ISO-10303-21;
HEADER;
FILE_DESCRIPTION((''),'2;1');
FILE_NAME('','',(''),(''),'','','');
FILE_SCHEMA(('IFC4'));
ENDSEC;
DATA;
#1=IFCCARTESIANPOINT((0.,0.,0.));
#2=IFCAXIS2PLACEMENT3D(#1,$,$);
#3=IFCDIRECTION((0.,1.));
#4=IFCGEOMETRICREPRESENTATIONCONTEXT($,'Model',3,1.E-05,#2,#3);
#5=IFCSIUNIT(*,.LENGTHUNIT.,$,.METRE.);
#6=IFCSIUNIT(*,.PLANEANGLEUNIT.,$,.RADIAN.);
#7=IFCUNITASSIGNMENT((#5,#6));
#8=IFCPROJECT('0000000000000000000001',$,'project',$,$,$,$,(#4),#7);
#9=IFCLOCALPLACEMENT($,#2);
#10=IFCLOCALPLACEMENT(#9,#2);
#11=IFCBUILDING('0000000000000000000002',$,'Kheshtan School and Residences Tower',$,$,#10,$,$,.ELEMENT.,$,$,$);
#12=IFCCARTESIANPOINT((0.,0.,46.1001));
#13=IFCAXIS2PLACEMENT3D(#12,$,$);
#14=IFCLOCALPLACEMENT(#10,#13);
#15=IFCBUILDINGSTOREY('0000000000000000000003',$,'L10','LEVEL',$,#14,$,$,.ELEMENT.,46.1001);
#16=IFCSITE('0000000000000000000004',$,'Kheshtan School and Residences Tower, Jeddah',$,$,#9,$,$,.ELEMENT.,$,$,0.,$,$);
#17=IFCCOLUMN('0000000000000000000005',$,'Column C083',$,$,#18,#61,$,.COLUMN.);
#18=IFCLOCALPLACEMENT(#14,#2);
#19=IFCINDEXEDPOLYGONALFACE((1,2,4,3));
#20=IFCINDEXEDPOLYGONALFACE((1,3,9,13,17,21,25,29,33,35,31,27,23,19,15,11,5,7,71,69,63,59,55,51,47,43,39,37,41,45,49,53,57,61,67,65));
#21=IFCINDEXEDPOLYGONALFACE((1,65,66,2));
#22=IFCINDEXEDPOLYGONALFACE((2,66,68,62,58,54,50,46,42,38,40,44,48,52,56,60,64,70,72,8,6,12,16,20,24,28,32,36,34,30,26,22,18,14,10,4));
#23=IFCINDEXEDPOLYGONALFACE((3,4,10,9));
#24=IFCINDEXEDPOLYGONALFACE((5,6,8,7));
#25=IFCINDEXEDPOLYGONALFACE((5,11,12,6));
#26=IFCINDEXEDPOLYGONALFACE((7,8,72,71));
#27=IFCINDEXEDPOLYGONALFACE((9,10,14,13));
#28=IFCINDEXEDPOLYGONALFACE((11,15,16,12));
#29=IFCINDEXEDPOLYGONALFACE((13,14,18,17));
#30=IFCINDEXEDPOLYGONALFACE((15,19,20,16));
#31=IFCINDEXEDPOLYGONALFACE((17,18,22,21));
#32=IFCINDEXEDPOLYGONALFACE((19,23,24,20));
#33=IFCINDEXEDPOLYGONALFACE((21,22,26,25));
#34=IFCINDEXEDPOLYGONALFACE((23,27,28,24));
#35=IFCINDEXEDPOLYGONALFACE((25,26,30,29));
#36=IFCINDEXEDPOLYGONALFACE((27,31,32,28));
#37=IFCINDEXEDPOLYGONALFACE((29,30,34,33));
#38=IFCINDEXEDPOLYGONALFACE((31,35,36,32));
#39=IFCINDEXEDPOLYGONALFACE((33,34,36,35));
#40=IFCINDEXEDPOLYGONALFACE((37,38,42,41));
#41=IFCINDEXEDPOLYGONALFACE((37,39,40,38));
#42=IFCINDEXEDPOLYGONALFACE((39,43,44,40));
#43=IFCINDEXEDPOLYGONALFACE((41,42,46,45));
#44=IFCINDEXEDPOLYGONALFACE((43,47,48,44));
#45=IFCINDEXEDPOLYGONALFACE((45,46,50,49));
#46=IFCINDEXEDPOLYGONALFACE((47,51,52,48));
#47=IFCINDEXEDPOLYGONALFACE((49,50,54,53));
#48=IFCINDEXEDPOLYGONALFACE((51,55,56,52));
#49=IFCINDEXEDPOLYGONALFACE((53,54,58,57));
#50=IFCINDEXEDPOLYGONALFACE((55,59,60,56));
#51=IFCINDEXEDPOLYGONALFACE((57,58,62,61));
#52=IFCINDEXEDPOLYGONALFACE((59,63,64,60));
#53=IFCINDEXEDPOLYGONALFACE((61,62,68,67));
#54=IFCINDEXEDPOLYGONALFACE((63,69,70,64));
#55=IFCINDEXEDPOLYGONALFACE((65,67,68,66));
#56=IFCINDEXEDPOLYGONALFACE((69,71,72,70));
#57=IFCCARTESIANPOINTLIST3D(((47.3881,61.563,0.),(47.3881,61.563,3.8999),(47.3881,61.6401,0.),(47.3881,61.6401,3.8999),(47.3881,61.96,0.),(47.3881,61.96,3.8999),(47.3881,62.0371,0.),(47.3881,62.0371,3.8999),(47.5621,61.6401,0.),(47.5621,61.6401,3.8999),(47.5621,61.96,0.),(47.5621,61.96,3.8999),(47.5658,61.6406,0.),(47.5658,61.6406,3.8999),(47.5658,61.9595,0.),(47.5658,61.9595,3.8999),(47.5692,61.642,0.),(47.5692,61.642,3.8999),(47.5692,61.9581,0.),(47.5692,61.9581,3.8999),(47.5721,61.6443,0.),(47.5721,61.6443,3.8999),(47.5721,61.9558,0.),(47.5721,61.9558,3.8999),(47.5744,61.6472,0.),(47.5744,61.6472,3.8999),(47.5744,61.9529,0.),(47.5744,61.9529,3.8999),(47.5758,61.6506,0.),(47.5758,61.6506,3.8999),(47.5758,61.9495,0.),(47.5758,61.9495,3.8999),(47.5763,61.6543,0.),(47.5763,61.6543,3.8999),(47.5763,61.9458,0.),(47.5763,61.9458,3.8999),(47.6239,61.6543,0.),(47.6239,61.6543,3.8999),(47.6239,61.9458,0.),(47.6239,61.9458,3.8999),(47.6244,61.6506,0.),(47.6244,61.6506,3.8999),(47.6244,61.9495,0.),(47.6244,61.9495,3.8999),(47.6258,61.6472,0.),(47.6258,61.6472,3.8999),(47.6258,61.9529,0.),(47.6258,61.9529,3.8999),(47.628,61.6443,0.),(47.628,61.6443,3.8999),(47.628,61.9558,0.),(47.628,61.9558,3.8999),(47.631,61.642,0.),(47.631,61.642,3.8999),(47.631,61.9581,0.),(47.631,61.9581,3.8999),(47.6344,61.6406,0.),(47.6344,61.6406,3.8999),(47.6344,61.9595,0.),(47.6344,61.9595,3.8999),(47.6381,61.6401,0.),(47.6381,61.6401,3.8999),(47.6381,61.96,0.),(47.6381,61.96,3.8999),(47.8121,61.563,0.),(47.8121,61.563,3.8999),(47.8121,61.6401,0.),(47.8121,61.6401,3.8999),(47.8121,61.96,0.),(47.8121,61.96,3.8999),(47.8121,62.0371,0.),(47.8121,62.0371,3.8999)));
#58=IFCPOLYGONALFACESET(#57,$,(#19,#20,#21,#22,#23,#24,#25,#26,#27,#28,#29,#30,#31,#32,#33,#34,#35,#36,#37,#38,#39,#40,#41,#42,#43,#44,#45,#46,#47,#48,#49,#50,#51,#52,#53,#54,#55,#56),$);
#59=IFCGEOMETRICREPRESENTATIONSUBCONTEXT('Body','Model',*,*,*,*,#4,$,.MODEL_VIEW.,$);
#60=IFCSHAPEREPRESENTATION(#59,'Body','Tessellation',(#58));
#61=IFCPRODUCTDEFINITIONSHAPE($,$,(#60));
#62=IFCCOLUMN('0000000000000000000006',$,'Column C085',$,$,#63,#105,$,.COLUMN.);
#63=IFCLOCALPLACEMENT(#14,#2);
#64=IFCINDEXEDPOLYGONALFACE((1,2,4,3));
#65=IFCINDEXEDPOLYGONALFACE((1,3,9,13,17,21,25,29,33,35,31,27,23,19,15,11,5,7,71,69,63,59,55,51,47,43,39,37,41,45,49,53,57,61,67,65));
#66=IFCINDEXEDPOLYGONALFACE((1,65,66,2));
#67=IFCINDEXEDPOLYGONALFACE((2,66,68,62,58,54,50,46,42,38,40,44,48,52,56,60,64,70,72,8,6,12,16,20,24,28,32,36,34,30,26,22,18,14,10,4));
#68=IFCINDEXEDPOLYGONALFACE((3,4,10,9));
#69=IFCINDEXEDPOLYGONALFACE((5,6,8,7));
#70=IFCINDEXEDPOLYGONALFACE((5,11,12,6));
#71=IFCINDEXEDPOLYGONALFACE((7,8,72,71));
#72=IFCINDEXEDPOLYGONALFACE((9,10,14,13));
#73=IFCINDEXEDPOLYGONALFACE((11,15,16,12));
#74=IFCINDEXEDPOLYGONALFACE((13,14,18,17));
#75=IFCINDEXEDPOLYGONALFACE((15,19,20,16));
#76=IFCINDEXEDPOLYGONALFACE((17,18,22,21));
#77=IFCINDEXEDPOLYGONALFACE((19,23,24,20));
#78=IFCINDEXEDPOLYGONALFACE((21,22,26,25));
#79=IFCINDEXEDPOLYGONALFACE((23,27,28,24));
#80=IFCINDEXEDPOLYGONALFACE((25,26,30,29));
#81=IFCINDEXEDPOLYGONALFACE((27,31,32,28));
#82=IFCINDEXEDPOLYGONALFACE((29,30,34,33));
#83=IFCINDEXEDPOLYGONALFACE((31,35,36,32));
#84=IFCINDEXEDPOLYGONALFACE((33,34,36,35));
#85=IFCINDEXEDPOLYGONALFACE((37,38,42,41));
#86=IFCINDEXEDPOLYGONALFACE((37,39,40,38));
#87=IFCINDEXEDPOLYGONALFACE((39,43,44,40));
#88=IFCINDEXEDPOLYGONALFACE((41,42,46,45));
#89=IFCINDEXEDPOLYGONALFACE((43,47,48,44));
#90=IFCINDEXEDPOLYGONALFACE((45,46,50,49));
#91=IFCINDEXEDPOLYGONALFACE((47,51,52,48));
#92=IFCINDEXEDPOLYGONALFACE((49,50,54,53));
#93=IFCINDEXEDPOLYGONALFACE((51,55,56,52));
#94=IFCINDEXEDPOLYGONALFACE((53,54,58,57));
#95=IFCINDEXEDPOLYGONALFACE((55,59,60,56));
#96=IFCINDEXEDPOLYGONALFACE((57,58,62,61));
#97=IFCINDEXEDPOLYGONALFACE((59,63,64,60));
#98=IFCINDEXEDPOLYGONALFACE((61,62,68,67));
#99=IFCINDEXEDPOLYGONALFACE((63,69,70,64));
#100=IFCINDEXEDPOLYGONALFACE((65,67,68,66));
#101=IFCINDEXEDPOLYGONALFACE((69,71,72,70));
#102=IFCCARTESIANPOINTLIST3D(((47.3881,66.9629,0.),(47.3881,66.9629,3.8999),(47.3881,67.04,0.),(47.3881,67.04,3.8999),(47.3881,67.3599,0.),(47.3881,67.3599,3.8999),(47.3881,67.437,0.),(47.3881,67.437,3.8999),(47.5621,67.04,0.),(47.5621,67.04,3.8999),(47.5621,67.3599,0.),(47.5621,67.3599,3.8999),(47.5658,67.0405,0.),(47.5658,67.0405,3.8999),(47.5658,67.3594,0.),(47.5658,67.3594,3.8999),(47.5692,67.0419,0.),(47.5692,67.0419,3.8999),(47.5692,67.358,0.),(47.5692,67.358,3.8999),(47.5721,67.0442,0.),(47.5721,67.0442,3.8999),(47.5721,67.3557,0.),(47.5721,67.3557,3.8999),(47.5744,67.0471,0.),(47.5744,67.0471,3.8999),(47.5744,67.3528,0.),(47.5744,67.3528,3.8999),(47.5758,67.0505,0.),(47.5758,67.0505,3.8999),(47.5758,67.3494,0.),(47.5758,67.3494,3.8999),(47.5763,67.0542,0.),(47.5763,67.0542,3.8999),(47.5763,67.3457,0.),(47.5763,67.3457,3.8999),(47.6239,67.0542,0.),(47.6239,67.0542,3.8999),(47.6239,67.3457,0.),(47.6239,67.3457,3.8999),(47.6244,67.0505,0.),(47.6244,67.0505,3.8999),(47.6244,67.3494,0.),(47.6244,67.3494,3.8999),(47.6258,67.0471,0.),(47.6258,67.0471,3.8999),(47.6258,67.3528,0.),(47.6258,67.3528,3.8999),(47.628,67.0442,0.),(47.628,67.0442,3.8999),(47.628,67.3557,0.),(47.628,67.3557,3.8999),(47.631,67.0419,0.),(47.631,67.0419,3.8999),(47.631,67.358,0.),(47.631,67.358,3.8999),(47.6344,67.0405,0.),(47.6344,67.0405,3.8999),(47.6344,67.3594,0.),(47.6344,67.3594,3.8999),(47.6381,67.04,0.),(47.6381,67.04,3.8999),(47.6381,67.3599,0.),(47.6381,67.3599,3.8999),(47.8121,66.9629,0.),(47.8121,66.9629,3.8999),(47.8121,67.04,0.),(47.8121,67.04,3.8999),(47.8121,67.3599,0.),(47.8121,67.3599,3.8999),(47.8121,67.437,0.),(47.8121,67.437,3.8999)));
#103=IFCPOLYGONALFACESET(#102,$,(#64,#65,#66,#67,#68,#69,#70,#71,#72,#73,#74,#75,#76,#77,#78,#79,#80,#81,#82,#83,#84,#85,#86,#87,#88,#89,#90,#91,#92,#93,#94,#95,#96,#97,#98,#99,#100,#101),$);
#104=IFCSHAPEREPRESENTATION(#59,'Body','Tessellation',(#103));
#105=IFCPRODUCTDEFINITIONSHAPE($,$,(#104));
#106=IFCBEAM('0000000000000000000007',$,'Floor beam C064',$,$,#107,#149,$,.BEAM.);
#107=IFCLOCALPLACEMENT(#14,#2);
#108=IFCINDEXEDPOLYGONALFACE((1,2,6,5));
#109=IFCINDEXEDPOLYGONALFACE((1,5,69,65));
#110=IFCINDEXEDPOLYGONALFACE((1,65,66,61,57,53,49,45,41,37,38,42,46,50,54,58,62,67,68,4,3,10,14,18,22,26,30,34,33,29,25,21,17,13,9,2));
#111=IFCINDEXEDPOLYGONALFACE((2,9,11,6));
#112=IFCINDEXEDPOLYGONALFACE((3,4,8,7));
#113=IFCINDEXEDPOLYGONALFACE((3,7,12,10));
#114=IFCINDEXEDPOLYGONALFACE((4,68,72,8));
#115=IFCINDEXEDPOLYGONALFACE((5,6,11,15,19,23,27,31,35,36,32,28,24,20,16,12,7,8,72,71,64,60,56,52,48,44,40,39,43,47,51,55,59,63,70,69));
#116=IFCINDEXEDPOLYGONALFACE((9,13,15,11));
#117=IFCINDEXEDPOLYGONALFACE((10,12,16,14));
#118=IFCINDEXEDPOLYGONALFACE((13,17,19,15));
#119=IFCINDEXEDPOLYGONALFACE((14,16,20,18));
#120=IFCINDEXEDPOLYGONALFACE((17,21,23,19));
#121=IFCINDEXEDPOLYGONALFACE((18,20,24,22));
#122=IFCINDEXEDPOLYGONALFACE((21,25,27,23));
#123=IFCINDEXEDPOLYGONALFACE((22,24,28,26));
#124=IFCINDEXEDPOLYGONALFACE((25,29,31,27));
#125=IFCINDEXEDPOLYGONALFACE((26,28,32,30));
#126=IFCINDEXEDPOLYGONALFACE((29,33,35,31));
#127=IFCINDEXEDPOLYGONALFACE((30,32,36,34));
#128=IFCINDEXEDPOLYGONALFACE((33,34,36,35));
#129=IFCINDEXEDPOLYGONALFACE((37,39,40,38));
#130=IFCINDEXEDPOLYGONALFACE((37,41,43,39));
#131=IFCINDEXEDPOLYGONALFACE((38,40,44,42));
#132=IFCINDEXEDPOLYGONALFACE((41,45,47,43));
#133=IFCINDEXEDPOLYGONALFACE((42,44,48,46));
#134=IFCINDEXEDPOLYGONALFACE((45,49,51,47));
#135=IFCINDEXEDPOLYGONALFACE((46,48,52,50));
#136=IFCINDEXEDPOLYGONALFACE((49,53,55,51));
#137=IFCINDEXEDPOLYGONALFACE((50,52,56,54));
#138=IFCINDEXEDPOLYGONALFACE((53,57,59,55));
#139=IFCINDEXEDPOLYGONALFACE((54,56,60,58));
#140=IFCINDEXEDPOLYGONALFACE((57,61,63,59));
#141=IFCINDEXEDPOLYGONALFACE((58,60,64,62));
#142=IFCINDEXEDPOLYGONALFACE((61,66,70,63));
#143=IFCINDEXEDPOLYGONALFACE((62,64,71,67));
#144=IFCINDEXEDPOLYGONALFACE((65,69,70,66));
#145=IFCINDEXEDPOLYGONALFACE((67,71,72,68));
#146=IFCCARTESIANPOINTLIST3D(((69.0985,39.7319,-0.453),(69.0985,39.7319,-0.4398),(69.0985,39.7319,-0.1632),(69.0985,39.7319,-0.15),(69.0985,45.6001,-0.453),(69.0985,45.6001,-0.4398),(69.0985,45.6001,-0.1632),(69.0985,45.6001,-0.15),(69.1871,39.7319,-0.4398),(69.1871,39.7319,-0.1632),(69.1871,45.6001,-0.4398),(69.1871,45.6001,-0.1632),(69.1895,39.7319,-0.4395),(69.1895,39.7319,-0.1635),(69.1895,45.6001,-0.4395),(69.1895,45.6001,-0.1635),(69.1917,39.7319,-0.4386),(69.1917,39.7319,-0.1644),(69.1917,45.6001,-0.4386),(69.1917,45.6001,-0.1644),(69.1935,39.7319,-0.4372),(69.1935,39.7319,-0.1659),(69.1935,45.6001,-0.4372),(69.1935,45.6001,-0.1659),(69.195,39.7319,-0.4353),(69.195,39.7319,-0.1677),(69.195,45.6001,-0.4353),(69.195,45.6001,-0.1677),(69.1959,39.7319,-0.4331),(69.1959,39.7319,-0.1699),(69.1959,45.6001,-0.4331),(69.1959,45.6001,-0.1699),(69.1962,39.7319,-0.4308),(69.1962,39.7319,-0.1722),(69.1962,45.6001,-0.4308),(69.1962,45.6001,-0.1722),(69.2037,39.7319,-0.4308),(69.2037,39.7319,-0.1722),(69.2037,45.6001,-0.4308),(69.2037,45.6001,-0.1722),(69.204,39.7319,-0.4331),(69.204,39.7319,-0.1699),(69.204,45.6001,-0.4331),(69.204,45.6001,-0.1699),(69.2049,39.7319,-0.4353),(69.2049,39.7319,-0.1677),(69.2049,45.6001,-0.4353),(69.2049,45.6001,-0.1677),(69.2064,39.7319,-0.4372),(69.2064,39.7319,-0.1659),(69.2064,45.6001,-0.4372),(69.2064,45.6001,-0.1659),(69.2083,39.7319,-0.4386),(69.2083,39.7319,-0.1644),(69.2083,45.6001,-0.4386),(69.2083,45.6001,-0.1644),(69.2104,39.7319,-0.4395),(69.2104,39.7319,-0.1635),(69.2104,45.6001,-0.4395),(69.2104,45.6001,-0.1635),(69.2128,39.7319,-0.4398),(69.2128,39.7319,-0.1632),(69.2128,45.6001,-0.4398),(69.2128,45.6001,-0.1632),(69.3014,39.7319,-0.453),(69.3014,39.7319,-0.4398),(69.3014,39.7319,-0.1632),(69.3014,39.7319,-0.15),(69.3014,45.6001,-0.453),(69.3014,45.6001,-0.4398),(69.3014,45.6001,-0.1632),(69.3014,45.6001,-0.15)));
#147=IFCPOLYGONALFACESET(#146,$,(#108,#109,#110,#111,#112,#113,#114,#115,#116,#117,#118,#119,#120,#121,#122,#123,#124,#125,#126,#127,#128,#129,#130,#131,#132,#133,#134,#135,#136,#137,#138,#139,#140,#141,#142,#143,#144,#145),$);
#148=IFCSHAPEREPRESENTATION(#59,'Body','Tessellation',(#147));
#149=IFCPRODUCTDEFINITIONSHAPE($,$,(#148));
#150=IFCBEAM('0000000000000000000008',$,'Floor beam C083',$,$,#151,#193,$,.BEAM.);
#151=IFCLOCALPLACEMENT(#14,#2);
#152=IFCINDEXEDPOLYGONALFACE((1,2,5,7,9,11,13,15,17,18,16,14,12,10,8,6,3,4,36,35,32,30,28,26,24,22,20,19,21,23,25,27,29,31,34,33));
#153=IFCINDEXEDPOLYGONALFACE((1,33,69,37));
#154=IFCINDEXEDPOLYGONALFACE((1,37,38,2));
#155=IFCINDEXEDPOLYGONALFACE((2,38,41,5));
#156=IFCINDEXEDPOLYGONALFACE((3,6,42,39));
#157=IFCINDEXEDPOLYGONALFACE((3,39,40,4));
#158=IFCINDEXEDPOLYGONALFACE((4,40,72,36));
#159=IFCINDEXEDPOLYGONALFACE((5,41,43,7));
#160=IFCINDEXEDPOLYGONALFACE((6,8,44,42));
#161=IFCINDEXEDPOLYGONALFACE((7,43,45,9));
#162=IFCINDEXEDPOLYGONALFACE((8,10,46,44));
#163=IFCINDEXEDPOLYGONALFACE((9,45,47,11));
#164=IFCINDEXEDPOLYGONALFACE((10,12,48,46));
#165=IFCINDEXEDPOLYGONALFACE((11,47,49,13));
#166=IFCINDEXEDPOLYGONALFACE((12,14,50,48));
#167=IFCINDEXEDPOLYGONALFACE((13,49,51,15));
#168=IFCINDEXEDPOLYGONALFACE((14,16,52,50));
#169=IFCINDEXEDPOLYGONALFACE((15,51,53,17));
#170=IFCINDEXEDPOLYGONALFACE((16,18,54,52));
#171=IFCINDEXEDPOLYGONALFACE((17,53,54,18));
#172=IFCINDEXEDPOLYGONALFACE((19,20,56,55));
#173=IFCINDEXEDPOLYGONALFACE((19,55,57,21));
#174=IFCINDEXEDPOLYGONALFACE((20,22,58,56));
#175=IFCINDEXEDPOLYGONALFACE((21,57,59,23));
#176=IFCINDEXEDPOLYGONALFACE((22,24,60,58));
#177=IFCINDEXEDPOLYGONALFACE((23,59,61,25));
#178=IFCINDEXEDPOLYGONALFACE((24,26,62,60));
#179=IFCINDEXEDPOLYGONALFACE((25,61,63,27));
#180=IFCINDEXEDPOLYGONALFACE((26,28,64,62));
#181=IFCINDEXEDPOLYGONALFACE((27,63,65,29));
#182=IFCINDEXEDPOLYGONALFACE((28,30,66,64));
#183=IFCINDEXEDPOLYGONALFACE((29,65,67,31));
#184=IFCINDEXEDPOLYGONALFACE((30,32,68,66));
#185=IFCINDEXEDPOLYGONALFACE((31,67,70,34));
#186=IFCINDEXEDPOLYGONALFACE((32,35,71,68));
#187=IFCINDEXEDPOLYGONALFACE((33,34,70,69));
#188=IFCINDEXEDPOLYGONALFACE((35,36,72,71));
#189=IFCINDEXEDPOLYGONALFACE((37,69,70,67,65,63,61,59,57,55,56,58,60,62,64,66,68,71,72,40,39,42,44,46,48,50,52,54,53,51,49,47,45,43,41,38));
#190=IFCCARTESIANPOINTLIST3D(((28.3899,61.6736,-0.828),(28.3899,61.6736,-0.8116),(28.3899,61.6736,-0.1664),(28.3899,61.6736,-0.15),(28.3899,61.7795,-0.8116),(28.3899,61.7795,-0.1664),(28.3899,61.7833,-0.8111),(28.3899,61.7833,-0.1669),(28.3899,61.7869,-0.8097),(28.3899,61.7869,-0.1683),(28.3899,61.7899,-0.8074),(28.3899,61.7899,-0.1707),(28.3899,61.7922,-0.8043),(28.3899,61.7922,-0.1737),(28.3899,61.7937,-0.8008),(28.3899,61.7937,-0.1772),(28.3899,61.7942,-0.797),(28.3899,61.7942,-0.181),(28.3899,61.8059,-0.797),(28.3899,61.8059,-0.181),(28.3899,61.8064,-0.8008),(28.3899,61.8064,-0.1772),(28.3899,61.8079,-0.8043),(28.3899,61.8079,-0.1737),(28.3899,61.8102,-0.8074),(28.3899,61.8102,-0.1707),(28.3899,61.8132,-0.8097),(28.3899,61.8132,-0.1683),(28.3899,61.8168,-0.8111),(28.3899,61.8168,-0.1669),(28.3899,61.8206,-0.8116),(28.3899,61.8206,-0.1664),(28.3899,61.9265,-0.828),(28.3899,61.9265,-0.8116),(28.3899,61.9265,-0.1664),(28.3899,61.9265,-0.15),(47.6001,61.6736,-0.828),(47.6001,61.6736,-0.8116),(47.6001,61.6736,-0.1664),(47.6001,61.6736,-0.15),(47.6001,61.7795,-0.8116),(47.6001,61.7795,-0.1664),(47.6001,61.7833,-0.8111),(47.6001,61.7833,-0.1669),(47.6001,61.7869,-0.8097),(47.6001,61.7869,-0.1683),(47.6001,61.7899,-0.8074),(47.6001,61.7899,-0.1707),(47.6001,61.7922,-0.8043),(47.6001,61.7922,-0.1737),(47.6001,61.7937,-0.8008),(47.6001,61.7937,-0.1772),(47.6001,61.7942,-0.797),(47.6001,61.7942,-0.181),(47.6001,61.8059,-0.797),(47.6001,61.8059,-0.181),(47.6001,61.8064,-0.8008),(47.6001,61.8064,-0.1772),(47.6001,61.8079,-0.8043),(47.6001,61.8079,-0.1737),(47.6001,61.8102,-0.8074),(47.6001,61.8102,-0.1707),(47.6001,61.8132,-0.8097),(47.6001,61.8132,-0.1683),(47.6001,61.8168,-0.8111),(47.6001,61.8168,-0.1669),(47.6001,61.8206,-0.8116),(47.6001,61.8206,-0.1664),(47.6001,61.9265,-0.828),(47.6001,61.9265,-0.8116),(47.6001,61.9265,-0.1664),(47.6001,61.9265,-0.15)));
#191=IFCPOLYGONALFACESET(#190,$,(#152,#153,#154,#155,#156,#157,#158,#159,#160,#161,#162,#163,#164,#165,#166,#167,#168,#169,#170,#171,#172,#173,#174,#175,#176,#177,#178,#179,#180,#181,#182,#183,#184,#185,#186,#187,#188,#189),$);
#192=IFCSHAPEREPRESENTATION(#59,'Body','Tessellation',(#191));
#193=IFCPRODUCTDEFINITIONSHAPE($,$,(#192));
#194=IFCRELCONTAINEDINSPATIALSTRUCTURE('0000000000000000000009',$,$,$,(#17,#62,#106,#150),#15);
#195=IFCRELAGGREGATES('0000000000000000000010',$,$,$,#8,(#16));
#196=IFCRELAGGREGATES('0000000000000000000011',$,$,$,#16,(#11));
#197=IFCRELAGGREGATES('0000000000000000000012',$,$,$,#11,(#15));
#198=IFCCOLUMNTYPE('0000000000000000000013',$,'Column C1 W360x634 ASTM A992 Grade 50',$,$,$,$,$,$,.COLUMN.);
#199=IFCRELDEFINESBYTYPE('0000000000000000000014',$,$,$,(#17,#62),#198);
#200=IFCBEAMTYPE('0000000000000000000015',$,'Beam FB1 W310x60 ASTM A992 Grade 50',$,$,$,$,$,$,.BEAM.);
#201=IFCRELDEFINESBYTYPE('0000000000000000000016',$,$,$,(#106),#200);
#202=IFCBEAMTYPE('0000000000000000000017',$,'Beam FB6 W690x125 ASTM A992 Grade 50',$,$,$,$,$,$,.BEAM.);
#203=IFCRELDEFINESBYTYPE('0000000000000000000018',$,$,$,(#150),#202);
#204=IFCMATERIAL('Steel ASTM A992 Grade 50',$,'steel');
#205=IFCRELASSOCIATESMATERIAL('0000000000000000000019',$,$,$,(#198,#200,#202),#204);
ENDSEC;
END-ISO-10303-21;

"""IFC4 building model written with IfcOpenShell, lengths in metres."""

from ifc_helpers import new_model, si_unit, direction, frame, origin, origin_2d, place, context, subcontext, project, spatial, i_section, extrude, material, material_profile, profile_set, type_object, element, save


model = new_model("IFC4")

# Units and contexts
model_context = context("Model", 3, precision=1e-05, world=origin(), true_north=direction((0.0, 1.0)))
body_context = subcontext(model_context, "Body", "Model", "MODEL_VIEW")
ifc_project = project(units=[si_unit("LENGTHUNIT", "METRE"), si_unit("PLANEANGLEUNIT", "RADIAN")], contexts=[model_context])

# Site, building, storey
site_placement = place(None, origin())
site = spatial("IfcSite", under=ifc_project, at=site_placement, Name="Kheshtan School and Residences Tower, Jeddah", CompositionType="ELEMENT", RefElevation=0.0)
building_placement = place(site_placement, origin())
building = spatial("IfcBuilding", under=site, at=building_placement, Name="Kheshtan School and Residences Tower", CompositionType="ELEMENT")
storey_placement = place(building_placement, frame((0.0, 0.0, 46.1001)))
storey = spatial("IfcBuildingStorey", under=building, at=storey_placement, Name="L10", Description="LEVEL", CompositionType="ELEMENT", Elevation=46.1001)

# Columns
ifc_material_1 = material(Name="Steel ASTM A992 Grade 50", Category="steel")
ifc_material_profile_1 = material_profile(ifc_material_1, i_section(OverallWidth=0.4241, OverallDepth=0.4741, WebThickness=0.0476, FlangeThickness=0.0771, FilletRadius=0.0142, at=origin_2d()), Name="W360x634")
ifc_profile_set_1 = profile_set([ifc_material_profile_1], Name="Steel ASTM A992 Grade 50")
column_type = type_object("IfcColumnType", Name="Column C1 W360x634 ASTM A992 Grade 50", PredefinedType="COLUMN", material=ifc_profile_set_1)
for number, where, z_axis, x_axis, name in (
    (1, (47.6001, 61.8, 0.0), (0.0, 0.0, 1.0), (1.0, 0.0, 0.0), "Column C083"),
    (2, (47.6001, 67.2, 0.0), (0.0, 0.0, 1.0), (1.0, 0.0, 0.0), "Column C085"),
):
    element("IfcColumn", number, at=place(storey_placement, frame(where, z_axis=z_axis, x_axis=x_axis)), inside=storey, type_object=column_type, Name=name, PredefinedType="COLUMN", context=body_context, shape_type="SweptSolid", body=[
        extrude(i_section(OverallWidth=0.4241, OverallDepth=0.4741, WebThickness=0.0476, FlangeThickness=0.0771, FilletRadius=0.0142, at=origin_2d()), origin(), (0.0, 0.0, 1.0), 3.8999),
    ])

# Beams
ifc_material_profile_2 = material_profile(ifc_material_1, i_section(OverallWidth=0.2029, OverallDepth=0.303, WebThickness=0.0076, FlangeThickness=0.0132, FilletRadius=0.009, at=origin_2d()), Name="W310x60")
ifc_profile_set_2 = profile_set([ifc_material_profile_2], Name="Steel ASTM A992 Grade 50")
beam_type_1 = type_object("IfcBeamType", Name="Beam FB1 W310x60 ASTM A992 Grade 50", PredefinedType="BEAM", material=ifc_profile_set_2)
beam_1_placement = place(storey_placement, frame((69.2, 45.6001, -0.3015), z_axis=(0.0, -1.0, 0.0), x_axis=(1.0, 0.0, 0.0)))
element("IfcBeam", 3, at=beam_1_placement, inside=storey, type_object=beam_type_1, Name="Floor beam C064", PredefinedType="BEAM", context=body_context, shape_type="SweptSolid", body=[
    extrude(i_section(OverallWidth=0.2029, OverallDepth=0.303, WebThickness=0.0076, FlangeThickness=0.0132, FilletRadius=0.009, at=origin_2d()), origin(), (0.0, 0.0, 1.0), 5.8682),
])
ifc_material_profile_3 = material_profile(ifc_material_1, i_section(OverallWidth=0.2529, OverallDepth=0.678, WebThickness=0.0117, FlangeThickness=0.0164, FilletRadius=0.0146, at=origin_2d()), Name="W690x125")
ifc_profile_set_3 = profile_set([ifc_material_profile_3], Name="Steel ASTM A992 Grade 50")
beam_type_2 = type_object("IfcBeamType", Name="Beam FB6 W690x125 ASTM A992 Grade 50", PredefinedType="BEAM", material=ifc_profile_set_3)
beam_2_placement = place(storey_placement, frame((47.6001, 61.8, -0.489), z_axis=(-1.0, 0.0, 0.0), x_axis=(0.0, -1.0, 0.0)))
element("IfcBeam", 4, at=beam_2_placement, inside=storey, type_object=beam_type_2, Name="Floor beam C083", PredefinedType="BEAM", context=body_context, shape_type="SweptSolid", body=[
    extrude(i_section(OverallWidth=0.2529, OverallDepth=0.678, WebThickness=0.0117, FlangeThickness=0.0164, FilletRadius=0.0146, at=origin_2d()), origin(), (0.0, 0.0, 1.0), 19.2102),
])

save(model, "model.ifc")
